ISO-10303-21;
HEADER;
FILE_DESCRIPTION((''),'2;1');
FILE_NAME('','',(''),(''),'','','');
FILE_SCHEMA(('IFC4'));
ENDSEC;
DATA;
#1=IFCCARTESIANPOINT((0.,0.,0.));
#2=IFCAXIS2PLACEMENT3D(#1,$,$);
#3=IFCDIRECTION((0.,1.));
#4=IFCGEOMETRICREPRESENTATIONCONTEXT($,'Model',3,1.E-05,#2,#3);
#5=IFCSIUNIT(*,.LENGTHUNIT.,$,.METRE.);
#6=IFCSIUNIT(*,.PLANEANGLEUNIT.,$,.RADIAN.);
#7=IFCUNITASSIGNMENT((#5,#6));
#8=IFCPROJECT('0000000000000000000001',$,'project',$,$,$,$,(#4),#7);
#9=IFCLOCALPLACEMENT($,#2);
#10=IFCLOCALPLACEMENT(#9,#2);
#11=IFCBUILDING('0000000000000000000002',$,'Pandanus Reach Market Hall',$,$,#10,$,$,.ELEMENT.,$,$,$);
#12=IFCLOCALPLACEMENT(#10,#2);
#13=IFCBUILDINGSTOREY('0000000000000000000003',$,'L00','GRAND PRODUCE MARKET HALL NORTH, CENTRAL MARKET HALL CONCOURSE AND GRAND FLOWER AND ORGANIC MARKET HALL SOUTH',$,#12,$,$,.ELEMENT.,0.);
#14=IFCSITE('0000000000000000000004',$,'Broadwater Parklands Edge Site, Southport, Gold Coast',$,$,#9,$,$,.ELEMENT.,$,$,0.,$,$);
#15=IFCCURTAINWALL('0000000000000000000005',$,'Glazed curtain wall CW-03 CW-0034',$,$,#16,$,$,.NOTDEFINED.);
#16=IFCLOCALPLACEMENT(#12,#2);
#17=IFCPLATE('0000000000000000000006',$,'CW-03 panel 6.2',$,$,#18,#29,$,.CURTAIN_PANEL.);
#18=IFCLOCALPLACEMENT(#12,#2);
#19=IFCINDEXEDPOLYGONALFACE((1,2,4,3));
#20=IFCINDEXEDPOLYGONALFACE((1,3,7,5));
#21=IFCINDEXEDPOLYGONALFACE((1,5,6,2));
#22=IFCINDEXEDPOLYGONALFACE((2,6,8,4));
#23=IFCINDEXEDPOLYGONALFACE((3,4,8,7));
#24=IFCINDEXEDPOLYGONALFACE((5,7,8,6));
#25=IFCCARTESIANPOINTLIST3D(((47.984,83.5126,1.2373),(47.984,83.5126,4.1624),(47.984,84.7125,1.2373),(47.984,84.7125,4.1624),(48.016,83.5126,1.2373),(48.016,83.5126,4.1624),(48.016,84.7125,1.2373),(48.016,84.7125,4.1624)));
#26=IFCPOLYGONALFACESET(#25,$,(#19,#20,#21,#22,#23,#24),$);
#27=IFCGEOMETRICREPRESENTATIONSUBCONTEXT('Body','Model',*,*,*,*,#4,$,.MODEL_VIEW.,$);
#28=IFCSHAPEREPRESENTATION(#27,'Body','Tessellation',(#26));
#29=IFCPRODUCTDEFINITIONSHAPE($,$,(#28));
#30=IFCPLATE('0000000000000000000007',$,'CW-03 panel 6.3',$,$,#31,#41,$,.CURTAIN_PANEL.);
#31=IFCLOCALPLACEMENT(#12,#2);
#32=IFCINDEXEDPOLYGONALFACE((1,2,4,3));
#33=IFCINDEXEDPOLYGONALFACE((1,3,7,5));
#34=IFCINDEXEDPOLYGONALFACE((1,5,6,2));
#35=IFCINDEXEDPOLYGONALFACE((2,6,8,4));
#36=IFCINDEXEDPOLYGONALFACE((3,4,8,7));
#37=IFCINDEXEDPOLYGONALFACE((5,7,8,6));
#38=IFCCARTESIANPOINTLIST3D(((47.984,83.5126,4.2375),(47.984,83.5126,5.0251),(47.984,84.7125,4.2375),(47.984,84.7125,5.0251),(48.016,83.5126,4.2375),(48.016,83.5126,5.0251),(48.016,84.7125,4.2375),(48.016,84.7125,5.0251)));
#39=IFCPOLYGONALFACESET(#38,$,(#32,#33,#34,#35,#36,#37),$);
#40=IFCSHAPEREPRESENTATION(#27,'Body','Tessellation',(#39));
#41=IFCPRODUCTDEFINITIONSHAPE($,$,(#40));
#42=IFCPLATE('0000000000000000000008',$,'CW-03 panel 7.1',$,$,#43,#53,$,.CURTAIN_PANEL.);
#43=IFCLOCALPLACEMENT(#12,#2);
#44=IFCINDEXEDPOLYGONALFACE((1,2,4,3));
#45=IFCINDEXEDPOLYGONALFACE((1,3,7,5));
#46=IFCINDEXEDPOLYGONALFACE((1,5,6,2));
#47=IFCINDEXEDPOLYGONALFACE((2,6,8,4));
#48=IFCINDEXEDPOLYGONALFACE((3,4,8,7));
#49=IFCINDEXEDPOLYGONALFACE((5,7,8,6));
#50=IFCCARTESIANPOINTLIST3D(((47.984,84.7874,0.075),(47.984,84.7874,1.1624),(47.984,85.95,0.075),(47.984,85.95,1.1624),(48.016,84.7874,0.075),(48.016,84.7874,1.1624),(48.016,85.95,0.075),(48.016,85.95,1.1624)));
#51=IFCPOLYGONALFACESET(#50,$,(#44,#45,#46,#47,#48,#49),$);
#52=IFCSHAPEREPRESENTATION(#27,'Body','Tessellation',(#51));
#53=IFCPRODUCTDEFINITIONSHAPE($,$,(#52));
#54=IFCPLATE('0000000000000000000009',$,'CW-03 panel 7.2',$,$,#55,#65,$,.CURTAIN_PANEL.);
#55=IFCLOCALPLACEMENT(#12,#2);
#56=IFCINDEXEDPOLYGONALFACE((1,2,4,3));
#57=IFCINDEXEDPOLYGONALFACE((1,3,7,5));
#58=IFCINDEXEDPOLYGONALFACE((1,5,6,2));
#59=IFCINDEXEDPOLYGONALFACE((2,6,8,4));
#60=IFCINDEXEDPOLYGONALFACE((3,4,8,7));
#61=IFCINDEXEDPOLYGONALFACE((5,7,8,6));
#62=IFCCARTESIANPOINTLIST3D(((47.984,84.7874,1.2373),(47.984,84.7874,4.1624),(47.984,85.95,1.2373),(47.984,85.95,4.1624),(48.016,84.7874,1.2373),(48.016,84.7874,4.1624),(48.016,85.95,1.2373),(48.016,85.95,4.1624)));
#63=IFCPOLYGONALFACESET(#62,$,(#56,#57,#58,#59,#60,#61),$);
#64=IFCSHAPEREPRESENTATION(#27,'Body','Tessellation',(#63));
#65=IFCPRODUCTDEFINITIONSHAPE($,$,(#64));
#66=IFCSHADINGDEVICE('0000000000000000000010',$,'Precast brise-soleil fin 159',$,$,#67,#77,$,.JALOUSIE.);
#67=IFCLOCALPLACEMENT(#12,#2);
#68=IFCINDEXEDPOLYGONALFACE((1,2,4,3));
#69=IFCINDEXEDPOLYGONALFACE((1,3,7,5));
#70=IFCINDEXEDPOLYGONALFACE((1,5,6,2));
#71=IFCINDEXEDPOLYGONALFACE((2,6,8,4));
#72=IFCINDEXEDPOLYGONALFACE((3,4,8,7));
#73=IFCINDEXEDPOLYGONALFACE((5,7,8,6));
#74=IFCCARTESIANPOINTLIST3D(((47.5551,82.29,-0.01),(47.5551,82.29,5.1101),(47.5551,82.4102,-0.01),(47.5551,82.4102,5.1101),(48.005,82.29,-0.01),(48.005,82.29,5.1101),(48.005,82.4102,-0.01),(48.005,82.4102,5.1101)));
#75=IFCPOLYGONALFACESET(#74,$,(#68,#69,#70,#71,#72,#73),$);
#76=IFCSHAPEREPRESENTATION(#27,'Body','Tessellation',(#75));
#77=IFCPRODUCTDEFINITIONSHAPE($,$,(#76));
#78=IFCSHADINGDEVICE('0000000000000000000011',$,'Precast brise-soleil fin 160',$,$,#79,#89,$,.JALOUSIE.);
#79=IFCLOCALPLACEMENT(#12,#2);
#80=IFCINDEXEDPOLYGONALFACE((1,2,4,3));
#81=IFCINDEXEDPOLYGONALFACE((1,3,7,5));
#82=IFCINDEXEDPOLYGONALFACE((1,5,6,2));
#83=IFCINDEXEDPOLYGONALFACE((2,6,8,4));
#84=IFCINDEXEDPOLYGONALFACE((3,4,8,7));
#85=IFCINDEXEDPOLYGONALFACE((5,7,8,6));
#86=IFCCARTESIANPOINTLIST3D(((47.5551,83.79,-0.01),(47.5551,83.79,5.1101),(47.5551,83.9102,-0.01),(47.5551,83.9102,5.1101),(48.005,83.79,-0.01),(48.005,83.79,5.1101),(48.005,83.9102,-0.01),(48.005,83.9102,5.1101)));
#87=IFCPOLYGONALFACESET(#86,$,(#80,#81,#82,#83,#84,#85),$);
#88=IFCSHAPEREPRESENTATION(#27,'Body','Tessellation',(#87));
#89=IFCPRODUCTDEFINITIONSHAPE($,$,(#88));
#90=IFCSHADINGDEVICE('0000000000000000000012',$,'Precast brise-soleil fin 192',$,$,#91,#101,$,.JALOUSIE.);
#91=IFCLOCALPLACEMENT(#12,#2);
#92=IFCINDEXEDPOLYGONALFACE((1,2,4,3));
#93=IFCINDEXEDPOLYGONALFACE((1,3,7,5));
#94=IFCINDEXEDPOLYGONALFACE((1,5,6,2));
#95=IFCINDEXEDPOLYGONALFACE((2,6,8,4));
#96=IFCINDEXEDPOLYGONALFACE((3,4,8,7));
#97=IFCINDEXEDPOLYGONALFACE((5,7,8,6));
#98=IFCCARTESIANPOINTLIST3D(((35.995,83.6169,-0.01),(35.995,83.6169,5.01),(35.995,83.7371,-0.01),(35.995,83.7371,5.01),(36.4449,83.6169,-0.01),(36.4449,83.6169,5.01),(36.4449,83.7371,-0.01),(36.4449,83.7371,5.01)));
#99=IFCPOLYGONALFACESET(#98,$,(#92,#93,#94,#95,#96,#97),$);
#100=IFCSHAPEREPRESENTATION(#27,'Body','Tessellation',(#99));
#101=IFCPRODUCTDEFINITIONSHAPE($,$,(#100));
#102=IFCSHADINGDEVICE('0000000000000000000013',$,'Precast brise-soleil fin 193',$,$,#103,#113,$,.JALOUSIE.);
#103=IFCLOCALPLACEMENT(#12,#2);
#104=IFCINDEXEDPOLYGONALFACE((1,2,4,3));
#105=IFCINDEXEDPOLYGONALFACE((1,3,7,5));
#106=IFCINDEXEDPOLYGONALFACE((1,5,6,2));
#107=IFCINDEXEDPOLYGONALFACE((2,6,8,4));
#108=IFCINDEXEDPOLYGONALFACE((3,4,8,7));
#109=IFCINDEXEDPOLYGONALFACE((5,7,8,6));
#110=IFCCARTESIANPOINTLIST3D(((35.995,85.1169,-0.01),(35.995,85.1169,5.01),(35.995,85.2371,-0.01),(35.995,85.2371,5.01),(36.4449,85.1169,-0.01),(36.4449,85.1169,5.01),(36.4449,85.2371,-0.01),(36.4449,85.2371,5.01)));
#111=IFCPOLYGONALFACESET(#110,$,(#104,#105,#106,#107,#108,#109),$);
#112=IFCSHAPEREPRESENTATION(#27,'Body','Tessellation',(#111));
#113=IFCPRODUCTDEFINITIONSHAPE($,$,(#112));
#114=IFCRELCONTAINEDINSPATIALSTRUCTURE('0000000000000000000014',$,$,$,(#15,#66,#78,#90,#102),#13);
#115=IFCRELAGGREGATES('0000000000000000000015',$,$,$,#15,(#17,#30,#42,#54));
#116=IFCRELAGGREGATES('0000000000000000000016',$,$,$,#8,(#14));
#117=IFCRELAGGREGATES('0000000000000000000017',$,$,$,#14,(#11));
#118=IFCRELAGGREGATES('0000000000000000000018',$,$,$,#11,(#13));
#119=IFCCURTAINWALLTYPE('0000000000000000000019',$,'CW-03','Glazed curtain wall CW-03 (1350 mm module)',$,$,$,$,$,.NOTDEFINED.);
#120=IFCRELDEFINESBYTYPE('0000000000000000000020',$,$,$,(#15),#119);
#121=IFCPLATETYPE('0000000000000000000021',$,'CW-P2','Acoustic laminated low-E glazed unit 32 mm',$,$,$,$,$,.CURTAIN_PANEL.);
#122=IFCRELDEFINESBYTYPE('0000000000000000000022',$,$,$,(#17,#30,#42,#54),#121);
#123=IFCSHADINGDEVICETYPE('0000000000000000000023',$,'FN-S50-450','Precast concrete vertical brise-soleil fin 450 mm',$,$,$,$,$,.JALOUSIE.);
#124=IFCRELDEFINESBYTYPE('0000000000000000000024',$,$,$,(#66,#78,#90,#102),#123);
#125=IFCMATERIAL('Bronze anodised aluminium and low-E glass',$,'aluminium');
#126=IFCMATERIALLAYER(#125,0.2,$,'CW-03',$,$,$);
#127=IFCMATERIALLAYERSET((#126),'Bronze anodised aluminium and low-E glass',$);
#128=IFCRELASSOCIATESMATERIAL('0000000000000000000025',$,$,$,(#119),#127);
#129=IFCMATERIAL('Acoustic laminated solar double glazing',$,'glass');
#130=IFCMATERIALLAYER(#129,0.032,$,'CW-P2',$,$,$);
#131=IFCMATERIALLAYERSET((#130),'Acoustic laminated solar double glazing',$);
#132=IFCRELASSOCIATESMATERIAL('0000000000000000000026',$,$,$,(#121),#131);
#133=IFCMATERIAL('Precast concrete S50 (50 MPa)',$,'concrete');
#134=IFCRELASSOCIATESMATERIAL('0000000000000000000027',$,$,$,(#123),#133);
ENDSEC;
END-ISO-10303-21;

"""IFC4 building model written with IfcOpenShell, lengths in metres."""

from ifc_helpers import new_model, si_unit, direction, frame, origin, origin_2d, place, context, subcontext, project, spatial, rectangle, extrude, material, layer, layer_set, type_object, element, aggregate, save


model = new_model("IFC4")

# Units and contexts
model_context = context("Model", 3, precision=1e-05, world=origin(), true_north=direction((0.0, 1.0)))
body_context = subcontext(model_context, "Body", "Model", "MODEL_VIEW")
ifc_project = project(units=[si_unit("LENGTHUNIT", "METRE"), si_unit("PLANEANGLEUNIT", "RADIAN")], contexts=[model_context])

# Site, building, storey
site_placement = place(None, origin())
site = spatial("IfcSite", under=ifc_project, at=site_placement, Name="Broadwater Parklands Edge Site, Southport, Gold Coast", CompositionType="ELEMENT", RefElevation=0.0)
building_placement = place(site_placement, origin())
building = spatial("IfcBuilding", under=site, at=building_placement, Name="Pandanus Reach Market Hall", CompositionType="ELEMENT")
storey_placement = place(building_placement, origin())
storey = spatial("IfcBuildingStorey", under=building, at=storey_placement, Name="L00", Description="GRAND PRODUCE MARKET HALL NORTH, CENTRAL MARKET HALL CONCOURSE AND GRAND FLOWER AND ORGANIC MARKET HALL SOUTH", CompositionType="ELEMENT", Elevation=0.0)

# Curtain wall, plates
ifc_material_1 = material(Name="Bronze anodised aluminium and low-E glass", Category="aluminium")
ifc_layer_1 = layer(ifc_material_1, 0.2, Name="CW-03")
ifc_layer_set_1 = layer_set([ifc_layer_1], Name="Bronze anodised aluminium and low-E glass")
curtain_wall_type = type_object("IfcCurtainWallType", Name="CW-03", Description="Glazed curtain wall CW-03 (1350 mm module)", PredefinedType="NOTDEFINED", material=ifc_layer_set_1)
curtain_wall_placement = place(storey_placement, origin())
curtain_wall = element("IfcCurtainWall", 1, at=curtain_wall_placement, inside=storey, type_object=curtain_wall_type, Name="Glazed curtain wall CW-03 CW-0034", PredefinedType="NOTDEFINED")
ifc_material_2 = material(Name="Acoustic laminated solar double glazing", Category="glass")
ifc_layer_2 = layer(ifc_material_2, 0.032, Name="CW-P2")
ifc_layer_set_2 = layer_set([ifc_layer_2], Name="Acoustic laminated solar double glazing")
plate_type = type_object("IfcPlateType", Name="CW-P2", Description="Acoustic laminated low-E glazed unit 32 mm", PredefinedType="CURTAIN_PANEL", material=ifc_layer_set_2)
plate_1_placement = place(storey_placement, frame((48.0, 84.1125, 1.2373), z_axis=(0.0, 0.0, 1.0), x_axis=(0.0, 1.0, 0.0)))
plate_1 = element("IfcPlate", 2, at=plate_1_placement, type_object=plate_type, Name="CW-03 panel 6.2", PredefinedType="CURTAIN_PANEL", context=body_context, shape_type="SweptSolid", body=[
    extrude(rectangle(XDim=1.2, YDim=0.032, at=origin_2d()), origin(), (0.0, 0.0, 1.0), 2.925),
])
plate_2_placement = place(storey_placement, frame((48.0, 84.1125, 4.2375), z_axis=(0.0, 0.0, 1.0), x_axis=(0.0, 1.0, 0.0)))
plate_2 = element("IfcPlate", 3, at=plate_2_placement, type_object=plate_type, Name="CW-03 panel 6.3", PredefinedType="CURTAIN_PANEL", context=body_context, shape_type="SweptSolid", body=[
    extrude(rectangle(XDim=1.2, YDim=0.032, at=origin_2d()), origin(), (0.0, 0.0, 1.0), 0.7876),
])
plate_3_placement = place(storey_placement, frame((48.0, 85.3687, 0.075), z_axis=(0.0, 0.0, 1.0), x_axis=(0.0, 1.0, 0.0)))
plate_3 = element("IfcPlate", 4, at=plate_3_placement, type_object=plate_type, Name="CW-03 panel 7.1", PredefinedType="CURTAIN_PANEL", context=body_context, shape_type="SweptSolid", body=[
    extrude(rectangle(XDim=1.1626, YDim=0.032, at=origin_2d()), origin(), (0.0, 0.0, 1.0), 1.0874),
])
plate_4_placement = place(storey_placement, frame((48.0, 85.3687, 1.2373), z_axis=(0.0, 0.0, 1.0), x_axis=(0.0, 1.0, 0.0)))
plate_4 = element("IfcPlate", 5, at=plate_4_placement, type_object=plate_type, Name="CW-03 panel 7.2", PredefinedType="CURTAIN_PANEL", context=body_context, shape_type="SweptSolid", body=[
    extrude(rectangle(XDim=1.1626, YDim=0.032, at=origin_2d()), origin(), (0.0, 0.0, 1.0), 2.925),
])
aggregate(curtain_wall, [plate_1, plate_2, plate_3, plate_4])

# Shading devices
ifc_material_3 = material(Name="Precast concrete S50 (50 MPa)", Category="concrete")
shading_device_type = type_object("IfcShadingDeviceType", Name="FN-S50-450", Description="Precast concrete vertical brise-soleil fin 450 mm", PredefinedType="JALOUSIE", material=ifc_material_3)
for number, where, z_axis, x_axis, name in (
    (6, (47.78, 82.3501, -0.01), (0.0, 0.0, 1.0), (-1.0, 0.0, 0.0), "Precast brise-soleil fin 159"),
    (7, (47.78, 83.8501, -0.01), (0.0, 0.0, 1.0), (-1.0, 0.0, 0.0), "Precast brise-soleil fin 160"),
):
    element("IfcShadingDevice", number, at=place(storey_placement, frame(where, z_axis=z_axis, x_axis=x_axis)), inside=storey, type_object=shading_device_type, Name=name, PredefinedType="JALOUSIE", context=body_context, shape_type="SweptSolid", body=[
        extrude(rectangle(XDim=0.45, YDim=0.1201, at=origin_2d()), origin(), (0.0, 0.0, 1.0), 5.1201),
    ])
for number, where, z_axis, x_axis, name in (
    (8, (36.22, 83.677, -0.01), (0.0, 0.0, 1.0), (1.0, 0.0, 0.0), "Precast brise-soleil fin 192"),
    (9, (36.22, 85.177, -0.01), (0.0, 0.0, 1.0), (1.0, 0.0, 0.0), "Precast brise-soleil fin 193"),
):
    element("IfcShadingDevice", number, at=place(storey_placement, frame(where, z_axis=z_axis, x_axis=x_axis)), inside=storey, type_object=shading_device_type, Name=name, PredefinedType="JALOUSIE", context=body_context, shape_type="SweptSolid", body=[
        extrude(rectangle(XDim=0.45, YDim=0.1201, at=origin_2d()), origin(), (0.0, 0.0, 1.0), 5.02),
    ])

save(model, "model.ifc")
